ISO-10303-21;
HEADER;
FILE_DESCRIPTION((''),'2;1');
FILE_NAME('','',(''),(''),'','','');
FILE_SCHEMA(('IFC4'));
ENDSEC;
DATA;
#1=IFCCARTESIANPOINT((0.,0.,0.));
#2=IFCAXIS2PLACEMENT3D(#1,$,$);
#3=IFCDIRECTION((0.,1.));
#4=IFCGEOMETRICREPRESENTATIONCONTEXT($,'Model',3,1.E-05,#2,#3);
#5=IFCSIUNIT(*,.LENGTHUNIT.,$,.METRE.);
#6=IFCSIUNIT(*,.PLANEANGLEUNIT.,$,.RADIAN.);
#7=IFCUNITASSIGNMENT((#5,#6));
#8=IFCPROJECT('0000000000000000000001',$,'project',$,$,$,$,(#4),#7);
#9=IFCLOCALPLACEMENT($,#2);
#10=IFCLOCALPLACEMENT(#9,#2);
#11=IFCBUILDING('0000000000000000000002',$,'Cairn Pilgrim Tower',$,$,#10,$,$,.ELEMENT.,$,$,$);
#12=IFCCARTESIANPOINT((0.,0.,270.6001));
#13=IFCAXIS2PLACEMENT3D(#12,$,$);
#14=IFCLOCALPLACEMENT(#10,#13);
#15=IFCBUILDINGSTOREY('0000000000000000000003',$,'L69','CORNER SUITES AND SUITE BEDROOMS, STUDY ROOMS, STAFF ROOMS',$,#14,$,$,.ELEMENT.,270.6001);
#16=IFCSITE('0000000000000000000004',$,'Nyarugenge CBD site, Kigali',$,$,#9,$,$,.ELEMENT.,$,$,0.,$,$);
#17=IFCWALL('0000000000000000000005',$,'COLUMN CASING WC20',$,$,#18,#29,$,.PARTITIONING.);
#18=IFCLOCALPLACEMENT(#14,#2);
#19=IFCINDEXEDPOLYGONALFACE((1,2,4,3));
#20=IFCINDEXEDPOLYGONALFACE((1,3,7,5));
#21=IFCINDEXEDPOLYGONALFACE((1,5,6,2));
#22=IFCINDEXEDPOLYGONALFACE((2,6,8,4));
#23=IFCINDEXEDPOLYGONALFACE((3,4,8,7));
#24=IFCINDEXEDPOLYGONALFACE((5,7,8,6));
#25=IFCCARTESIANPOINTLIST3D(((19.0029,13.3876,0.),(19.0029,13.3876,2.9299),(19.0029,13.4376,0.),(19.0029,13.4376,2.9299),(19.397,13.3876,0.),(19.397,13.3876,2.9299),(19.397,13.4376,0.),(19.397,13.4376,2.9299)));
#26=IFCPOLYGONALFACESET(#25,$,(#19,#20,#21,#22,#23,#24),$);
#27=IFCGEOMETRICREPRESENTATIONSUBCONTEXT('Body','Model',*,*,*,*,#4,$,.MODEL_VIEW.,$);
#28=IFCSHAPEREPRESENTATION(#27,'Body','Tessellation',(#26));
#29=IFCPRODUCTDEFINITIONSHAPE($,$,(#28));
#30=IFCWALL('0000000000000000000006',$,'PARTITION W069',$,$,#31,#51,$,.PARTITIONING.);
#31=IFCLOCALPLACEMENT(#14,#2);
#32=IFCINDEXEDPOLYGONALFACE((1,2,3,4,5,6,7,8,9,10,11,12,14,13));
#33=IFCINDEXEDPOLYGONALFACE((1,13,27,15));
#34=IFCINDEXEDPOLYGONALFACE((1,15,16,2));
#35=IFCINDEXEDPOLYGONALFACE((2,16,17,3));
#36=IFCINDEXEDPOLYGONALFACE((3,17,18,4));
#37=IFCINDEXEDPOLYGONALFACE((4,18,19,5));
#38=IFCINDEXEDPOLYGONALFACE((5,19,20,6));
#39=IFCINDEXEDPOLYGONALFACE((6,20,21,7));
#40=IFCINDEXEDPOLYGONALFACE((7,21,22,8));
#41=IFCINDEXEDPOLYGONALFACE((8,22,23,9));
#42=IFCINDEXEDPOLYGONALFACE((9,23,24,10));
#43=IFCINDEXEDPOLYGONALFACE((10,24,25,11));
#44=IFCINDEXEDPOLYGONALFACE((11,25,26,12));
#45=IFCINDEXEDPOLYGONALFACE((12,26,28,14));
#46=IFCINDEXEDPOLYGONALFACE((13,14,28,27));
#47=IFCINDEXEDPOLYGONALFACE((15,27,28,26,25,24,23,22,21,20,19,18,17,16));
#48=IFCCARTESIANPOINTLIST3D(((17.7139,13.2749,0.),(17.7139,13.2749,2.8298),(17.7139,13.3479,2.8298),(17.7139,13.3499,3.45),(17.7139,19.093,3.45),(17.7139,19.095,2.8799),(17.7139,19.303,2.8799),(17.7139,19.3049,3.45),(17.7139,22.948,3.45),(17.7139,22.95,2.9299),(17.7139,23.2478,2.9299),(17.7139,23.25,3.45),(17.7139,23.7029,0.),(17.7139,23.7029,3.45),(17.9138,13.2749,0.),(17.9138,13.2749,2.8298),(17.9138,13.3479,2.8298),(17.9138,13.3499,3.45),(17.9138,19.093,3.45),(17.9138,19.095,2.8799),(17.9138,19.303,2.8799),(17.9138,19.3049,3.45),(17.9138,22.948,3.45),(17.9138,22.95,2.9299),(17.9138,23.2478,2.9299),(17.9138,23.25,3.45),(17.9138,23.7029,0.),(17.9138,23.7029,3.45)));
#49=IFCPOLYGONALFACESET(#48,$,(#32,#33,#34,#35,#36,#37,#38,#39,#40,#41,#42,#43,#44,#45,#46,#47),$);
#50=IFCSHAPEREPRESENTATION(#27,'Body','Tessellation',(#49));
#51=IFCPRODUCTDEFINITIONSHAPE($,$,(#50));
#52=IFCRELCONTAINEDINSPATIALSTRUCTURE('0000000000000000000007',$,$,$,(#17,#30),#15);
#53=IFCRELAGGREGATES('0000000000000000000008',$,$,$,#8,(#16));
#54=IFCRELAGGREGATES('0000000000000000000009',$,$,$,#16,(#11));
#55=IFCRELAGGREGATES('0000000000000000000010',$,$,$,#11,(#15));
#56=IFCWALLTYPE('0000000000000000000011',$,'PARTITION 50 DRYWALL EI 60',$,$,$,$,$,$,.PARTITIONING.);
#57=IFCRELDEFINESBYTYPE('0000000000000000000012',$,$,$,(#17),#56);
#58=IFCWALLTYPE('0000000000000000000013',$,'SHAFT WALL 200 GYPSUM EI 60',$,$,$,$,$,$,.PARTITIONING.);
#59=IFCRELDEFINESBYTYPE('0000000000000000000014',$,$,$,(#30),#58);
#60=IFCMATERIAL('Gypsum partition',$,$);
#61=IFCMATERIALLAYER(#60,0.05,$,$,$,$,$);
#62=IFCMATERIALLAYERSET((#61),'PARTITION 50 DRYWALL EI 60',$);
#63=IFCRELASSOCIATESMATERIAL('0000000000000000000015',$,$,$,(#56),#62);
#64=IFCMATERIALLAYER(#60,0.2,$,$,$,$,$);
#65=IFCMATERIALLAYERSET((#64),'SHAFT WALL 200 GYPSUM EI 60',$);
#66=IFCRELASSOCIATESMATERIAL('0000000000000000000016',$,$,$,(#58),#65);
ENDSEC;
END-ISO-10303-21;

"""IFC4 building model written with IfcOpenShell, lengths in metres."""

from ifc_helpers import new_model, si_unit, direction, frame, frame_2d, origin, place, context, subcontext, project, spatial, polyline, rectangle, outline, extrude, material, layer, layer_set, type_object, element, save


model = new_model("IFC4")

# Units and contexts
model_context = context("Model", 3, precision=1e-05, world=origin(), true_north=direction((0.0, 1.0)))
body_context = subcontext(model_context, "Body", "Model", "MODEL_VIEW")
ifc_project = project(units=[si_unit("LENGTHUNIT", "METRE"), si_unit("PLANEANGLEUNIT", "RADIAN")], contexts=[model_context])

# Site, building, storey
site_placement = place(None, origin())
site = spatial("IfcSite", under=ifc_project, at=site_placement, Name="Nyarugenge CBD site, Kigali", CompositionType="ELEMENT", RefElevation=0.0)
building_placement = place(site_placement, origin())
building = spatial("IfcBuilding", under=site, at=building_placement, Name="Cairn Pilgrim Tower", CompositionType="ELEMENT")
storey_placement = place(building_placement, frame((0.0, 0.0, 270.6001)))
storey = spatial("IfcBuildingStorey", under=building, at=storey_placement, Name="L69", Description="CORNER SUITES AND SUITE BEDROOMS, STUDY ROOMS, STAFF ROOMS", CompositionType="ELEMENT", Elevation=270.6001)

# Shared definitions
ifc_material_1 = material(Name="Gypsum partition")

# Walls
ifc_layer_1 = layer(ifc_material_1, 0.05)
ifc_layer_set_1 = layer_set([ifc_layer_1], Name="PARTITION 50 DRYWALL EI 60")
wall_type_1 = type_object("IfcWallType", Name="PARTITION 50 DRYWALL EI 60", PredefinedType="PARTITIONING", material=ifc_layer_set_1)
wall_1_placement = place(storey_placement, frame((19.0029, 13.4126, 0.0), z_axis=(0.0, 0.0, 1.0), x_axis=(1.0, 0.0, 0.0)))
element("IfcWall", 1, at=wall_1_placement, inside=storey, type_object=wall_type_1, Name="COLUMN CASING WC20", PredefinedType="PARTITIONING", context=body_context, shape_type="SweptSolid", body=[
    extrude(rectangle(XDim=0.394, YDim=0.05, at=frame_2d((0.197, 0.0))), origin(), (0.0, 0.0, 1.0), 2.9299),
])
ifc_layer_2 = layer(ifc_material_1, 0.2)
ifc_layer_set_2 = layer_set([ifc_layer_2], Name="SHAFT WALL 200 GYPSUM EI 60")
wall_type_2 = type_object("IfcWallType", Name="SHAFT WALL 200 GYPSUM EI 60", PredefinedType="PARTITIONING", material=ifc_layer_set_2)
wall_2_placement = place(storey_placement, frame((17.814, 13.2749, 0.0), z_axis=(0.0, 0.0, 1.0), x_axis=(0.0, 1.0, 0.0)))
element("IfcWall", 2, at=wall_2_placement, inside=storey, type_object=wall_type_2, Name="PARTITION W069", PredefinedType="PARTITIONING", context=body_context, shape_type="SweptSolid", body=[
    extrude(outline(polyline([(0.0, 0.0), (10.428, 0.0), (10.428, 3.45), (9.9751, 3.45), (9.9729, 2.9299), (9.675, 2.9299), (9.6731, 3.45), (6.03, 3.45), (6.0281, 2.8799), (5.8201, 2.8799), (5.8181, 3.45), (0.075, 3.45), (0.073, 2.8298), (0.0, 2.8298), (0.0, 0.0)])), frame((0.0, 0.1001, 0.0), z_axis=(0.0, -1.0, 0.0), x_axis=(1.0, 0.0, 0.0)), (0.0, 0.0, 1.0), 0.2),
])

save(model, "model.ifc")
